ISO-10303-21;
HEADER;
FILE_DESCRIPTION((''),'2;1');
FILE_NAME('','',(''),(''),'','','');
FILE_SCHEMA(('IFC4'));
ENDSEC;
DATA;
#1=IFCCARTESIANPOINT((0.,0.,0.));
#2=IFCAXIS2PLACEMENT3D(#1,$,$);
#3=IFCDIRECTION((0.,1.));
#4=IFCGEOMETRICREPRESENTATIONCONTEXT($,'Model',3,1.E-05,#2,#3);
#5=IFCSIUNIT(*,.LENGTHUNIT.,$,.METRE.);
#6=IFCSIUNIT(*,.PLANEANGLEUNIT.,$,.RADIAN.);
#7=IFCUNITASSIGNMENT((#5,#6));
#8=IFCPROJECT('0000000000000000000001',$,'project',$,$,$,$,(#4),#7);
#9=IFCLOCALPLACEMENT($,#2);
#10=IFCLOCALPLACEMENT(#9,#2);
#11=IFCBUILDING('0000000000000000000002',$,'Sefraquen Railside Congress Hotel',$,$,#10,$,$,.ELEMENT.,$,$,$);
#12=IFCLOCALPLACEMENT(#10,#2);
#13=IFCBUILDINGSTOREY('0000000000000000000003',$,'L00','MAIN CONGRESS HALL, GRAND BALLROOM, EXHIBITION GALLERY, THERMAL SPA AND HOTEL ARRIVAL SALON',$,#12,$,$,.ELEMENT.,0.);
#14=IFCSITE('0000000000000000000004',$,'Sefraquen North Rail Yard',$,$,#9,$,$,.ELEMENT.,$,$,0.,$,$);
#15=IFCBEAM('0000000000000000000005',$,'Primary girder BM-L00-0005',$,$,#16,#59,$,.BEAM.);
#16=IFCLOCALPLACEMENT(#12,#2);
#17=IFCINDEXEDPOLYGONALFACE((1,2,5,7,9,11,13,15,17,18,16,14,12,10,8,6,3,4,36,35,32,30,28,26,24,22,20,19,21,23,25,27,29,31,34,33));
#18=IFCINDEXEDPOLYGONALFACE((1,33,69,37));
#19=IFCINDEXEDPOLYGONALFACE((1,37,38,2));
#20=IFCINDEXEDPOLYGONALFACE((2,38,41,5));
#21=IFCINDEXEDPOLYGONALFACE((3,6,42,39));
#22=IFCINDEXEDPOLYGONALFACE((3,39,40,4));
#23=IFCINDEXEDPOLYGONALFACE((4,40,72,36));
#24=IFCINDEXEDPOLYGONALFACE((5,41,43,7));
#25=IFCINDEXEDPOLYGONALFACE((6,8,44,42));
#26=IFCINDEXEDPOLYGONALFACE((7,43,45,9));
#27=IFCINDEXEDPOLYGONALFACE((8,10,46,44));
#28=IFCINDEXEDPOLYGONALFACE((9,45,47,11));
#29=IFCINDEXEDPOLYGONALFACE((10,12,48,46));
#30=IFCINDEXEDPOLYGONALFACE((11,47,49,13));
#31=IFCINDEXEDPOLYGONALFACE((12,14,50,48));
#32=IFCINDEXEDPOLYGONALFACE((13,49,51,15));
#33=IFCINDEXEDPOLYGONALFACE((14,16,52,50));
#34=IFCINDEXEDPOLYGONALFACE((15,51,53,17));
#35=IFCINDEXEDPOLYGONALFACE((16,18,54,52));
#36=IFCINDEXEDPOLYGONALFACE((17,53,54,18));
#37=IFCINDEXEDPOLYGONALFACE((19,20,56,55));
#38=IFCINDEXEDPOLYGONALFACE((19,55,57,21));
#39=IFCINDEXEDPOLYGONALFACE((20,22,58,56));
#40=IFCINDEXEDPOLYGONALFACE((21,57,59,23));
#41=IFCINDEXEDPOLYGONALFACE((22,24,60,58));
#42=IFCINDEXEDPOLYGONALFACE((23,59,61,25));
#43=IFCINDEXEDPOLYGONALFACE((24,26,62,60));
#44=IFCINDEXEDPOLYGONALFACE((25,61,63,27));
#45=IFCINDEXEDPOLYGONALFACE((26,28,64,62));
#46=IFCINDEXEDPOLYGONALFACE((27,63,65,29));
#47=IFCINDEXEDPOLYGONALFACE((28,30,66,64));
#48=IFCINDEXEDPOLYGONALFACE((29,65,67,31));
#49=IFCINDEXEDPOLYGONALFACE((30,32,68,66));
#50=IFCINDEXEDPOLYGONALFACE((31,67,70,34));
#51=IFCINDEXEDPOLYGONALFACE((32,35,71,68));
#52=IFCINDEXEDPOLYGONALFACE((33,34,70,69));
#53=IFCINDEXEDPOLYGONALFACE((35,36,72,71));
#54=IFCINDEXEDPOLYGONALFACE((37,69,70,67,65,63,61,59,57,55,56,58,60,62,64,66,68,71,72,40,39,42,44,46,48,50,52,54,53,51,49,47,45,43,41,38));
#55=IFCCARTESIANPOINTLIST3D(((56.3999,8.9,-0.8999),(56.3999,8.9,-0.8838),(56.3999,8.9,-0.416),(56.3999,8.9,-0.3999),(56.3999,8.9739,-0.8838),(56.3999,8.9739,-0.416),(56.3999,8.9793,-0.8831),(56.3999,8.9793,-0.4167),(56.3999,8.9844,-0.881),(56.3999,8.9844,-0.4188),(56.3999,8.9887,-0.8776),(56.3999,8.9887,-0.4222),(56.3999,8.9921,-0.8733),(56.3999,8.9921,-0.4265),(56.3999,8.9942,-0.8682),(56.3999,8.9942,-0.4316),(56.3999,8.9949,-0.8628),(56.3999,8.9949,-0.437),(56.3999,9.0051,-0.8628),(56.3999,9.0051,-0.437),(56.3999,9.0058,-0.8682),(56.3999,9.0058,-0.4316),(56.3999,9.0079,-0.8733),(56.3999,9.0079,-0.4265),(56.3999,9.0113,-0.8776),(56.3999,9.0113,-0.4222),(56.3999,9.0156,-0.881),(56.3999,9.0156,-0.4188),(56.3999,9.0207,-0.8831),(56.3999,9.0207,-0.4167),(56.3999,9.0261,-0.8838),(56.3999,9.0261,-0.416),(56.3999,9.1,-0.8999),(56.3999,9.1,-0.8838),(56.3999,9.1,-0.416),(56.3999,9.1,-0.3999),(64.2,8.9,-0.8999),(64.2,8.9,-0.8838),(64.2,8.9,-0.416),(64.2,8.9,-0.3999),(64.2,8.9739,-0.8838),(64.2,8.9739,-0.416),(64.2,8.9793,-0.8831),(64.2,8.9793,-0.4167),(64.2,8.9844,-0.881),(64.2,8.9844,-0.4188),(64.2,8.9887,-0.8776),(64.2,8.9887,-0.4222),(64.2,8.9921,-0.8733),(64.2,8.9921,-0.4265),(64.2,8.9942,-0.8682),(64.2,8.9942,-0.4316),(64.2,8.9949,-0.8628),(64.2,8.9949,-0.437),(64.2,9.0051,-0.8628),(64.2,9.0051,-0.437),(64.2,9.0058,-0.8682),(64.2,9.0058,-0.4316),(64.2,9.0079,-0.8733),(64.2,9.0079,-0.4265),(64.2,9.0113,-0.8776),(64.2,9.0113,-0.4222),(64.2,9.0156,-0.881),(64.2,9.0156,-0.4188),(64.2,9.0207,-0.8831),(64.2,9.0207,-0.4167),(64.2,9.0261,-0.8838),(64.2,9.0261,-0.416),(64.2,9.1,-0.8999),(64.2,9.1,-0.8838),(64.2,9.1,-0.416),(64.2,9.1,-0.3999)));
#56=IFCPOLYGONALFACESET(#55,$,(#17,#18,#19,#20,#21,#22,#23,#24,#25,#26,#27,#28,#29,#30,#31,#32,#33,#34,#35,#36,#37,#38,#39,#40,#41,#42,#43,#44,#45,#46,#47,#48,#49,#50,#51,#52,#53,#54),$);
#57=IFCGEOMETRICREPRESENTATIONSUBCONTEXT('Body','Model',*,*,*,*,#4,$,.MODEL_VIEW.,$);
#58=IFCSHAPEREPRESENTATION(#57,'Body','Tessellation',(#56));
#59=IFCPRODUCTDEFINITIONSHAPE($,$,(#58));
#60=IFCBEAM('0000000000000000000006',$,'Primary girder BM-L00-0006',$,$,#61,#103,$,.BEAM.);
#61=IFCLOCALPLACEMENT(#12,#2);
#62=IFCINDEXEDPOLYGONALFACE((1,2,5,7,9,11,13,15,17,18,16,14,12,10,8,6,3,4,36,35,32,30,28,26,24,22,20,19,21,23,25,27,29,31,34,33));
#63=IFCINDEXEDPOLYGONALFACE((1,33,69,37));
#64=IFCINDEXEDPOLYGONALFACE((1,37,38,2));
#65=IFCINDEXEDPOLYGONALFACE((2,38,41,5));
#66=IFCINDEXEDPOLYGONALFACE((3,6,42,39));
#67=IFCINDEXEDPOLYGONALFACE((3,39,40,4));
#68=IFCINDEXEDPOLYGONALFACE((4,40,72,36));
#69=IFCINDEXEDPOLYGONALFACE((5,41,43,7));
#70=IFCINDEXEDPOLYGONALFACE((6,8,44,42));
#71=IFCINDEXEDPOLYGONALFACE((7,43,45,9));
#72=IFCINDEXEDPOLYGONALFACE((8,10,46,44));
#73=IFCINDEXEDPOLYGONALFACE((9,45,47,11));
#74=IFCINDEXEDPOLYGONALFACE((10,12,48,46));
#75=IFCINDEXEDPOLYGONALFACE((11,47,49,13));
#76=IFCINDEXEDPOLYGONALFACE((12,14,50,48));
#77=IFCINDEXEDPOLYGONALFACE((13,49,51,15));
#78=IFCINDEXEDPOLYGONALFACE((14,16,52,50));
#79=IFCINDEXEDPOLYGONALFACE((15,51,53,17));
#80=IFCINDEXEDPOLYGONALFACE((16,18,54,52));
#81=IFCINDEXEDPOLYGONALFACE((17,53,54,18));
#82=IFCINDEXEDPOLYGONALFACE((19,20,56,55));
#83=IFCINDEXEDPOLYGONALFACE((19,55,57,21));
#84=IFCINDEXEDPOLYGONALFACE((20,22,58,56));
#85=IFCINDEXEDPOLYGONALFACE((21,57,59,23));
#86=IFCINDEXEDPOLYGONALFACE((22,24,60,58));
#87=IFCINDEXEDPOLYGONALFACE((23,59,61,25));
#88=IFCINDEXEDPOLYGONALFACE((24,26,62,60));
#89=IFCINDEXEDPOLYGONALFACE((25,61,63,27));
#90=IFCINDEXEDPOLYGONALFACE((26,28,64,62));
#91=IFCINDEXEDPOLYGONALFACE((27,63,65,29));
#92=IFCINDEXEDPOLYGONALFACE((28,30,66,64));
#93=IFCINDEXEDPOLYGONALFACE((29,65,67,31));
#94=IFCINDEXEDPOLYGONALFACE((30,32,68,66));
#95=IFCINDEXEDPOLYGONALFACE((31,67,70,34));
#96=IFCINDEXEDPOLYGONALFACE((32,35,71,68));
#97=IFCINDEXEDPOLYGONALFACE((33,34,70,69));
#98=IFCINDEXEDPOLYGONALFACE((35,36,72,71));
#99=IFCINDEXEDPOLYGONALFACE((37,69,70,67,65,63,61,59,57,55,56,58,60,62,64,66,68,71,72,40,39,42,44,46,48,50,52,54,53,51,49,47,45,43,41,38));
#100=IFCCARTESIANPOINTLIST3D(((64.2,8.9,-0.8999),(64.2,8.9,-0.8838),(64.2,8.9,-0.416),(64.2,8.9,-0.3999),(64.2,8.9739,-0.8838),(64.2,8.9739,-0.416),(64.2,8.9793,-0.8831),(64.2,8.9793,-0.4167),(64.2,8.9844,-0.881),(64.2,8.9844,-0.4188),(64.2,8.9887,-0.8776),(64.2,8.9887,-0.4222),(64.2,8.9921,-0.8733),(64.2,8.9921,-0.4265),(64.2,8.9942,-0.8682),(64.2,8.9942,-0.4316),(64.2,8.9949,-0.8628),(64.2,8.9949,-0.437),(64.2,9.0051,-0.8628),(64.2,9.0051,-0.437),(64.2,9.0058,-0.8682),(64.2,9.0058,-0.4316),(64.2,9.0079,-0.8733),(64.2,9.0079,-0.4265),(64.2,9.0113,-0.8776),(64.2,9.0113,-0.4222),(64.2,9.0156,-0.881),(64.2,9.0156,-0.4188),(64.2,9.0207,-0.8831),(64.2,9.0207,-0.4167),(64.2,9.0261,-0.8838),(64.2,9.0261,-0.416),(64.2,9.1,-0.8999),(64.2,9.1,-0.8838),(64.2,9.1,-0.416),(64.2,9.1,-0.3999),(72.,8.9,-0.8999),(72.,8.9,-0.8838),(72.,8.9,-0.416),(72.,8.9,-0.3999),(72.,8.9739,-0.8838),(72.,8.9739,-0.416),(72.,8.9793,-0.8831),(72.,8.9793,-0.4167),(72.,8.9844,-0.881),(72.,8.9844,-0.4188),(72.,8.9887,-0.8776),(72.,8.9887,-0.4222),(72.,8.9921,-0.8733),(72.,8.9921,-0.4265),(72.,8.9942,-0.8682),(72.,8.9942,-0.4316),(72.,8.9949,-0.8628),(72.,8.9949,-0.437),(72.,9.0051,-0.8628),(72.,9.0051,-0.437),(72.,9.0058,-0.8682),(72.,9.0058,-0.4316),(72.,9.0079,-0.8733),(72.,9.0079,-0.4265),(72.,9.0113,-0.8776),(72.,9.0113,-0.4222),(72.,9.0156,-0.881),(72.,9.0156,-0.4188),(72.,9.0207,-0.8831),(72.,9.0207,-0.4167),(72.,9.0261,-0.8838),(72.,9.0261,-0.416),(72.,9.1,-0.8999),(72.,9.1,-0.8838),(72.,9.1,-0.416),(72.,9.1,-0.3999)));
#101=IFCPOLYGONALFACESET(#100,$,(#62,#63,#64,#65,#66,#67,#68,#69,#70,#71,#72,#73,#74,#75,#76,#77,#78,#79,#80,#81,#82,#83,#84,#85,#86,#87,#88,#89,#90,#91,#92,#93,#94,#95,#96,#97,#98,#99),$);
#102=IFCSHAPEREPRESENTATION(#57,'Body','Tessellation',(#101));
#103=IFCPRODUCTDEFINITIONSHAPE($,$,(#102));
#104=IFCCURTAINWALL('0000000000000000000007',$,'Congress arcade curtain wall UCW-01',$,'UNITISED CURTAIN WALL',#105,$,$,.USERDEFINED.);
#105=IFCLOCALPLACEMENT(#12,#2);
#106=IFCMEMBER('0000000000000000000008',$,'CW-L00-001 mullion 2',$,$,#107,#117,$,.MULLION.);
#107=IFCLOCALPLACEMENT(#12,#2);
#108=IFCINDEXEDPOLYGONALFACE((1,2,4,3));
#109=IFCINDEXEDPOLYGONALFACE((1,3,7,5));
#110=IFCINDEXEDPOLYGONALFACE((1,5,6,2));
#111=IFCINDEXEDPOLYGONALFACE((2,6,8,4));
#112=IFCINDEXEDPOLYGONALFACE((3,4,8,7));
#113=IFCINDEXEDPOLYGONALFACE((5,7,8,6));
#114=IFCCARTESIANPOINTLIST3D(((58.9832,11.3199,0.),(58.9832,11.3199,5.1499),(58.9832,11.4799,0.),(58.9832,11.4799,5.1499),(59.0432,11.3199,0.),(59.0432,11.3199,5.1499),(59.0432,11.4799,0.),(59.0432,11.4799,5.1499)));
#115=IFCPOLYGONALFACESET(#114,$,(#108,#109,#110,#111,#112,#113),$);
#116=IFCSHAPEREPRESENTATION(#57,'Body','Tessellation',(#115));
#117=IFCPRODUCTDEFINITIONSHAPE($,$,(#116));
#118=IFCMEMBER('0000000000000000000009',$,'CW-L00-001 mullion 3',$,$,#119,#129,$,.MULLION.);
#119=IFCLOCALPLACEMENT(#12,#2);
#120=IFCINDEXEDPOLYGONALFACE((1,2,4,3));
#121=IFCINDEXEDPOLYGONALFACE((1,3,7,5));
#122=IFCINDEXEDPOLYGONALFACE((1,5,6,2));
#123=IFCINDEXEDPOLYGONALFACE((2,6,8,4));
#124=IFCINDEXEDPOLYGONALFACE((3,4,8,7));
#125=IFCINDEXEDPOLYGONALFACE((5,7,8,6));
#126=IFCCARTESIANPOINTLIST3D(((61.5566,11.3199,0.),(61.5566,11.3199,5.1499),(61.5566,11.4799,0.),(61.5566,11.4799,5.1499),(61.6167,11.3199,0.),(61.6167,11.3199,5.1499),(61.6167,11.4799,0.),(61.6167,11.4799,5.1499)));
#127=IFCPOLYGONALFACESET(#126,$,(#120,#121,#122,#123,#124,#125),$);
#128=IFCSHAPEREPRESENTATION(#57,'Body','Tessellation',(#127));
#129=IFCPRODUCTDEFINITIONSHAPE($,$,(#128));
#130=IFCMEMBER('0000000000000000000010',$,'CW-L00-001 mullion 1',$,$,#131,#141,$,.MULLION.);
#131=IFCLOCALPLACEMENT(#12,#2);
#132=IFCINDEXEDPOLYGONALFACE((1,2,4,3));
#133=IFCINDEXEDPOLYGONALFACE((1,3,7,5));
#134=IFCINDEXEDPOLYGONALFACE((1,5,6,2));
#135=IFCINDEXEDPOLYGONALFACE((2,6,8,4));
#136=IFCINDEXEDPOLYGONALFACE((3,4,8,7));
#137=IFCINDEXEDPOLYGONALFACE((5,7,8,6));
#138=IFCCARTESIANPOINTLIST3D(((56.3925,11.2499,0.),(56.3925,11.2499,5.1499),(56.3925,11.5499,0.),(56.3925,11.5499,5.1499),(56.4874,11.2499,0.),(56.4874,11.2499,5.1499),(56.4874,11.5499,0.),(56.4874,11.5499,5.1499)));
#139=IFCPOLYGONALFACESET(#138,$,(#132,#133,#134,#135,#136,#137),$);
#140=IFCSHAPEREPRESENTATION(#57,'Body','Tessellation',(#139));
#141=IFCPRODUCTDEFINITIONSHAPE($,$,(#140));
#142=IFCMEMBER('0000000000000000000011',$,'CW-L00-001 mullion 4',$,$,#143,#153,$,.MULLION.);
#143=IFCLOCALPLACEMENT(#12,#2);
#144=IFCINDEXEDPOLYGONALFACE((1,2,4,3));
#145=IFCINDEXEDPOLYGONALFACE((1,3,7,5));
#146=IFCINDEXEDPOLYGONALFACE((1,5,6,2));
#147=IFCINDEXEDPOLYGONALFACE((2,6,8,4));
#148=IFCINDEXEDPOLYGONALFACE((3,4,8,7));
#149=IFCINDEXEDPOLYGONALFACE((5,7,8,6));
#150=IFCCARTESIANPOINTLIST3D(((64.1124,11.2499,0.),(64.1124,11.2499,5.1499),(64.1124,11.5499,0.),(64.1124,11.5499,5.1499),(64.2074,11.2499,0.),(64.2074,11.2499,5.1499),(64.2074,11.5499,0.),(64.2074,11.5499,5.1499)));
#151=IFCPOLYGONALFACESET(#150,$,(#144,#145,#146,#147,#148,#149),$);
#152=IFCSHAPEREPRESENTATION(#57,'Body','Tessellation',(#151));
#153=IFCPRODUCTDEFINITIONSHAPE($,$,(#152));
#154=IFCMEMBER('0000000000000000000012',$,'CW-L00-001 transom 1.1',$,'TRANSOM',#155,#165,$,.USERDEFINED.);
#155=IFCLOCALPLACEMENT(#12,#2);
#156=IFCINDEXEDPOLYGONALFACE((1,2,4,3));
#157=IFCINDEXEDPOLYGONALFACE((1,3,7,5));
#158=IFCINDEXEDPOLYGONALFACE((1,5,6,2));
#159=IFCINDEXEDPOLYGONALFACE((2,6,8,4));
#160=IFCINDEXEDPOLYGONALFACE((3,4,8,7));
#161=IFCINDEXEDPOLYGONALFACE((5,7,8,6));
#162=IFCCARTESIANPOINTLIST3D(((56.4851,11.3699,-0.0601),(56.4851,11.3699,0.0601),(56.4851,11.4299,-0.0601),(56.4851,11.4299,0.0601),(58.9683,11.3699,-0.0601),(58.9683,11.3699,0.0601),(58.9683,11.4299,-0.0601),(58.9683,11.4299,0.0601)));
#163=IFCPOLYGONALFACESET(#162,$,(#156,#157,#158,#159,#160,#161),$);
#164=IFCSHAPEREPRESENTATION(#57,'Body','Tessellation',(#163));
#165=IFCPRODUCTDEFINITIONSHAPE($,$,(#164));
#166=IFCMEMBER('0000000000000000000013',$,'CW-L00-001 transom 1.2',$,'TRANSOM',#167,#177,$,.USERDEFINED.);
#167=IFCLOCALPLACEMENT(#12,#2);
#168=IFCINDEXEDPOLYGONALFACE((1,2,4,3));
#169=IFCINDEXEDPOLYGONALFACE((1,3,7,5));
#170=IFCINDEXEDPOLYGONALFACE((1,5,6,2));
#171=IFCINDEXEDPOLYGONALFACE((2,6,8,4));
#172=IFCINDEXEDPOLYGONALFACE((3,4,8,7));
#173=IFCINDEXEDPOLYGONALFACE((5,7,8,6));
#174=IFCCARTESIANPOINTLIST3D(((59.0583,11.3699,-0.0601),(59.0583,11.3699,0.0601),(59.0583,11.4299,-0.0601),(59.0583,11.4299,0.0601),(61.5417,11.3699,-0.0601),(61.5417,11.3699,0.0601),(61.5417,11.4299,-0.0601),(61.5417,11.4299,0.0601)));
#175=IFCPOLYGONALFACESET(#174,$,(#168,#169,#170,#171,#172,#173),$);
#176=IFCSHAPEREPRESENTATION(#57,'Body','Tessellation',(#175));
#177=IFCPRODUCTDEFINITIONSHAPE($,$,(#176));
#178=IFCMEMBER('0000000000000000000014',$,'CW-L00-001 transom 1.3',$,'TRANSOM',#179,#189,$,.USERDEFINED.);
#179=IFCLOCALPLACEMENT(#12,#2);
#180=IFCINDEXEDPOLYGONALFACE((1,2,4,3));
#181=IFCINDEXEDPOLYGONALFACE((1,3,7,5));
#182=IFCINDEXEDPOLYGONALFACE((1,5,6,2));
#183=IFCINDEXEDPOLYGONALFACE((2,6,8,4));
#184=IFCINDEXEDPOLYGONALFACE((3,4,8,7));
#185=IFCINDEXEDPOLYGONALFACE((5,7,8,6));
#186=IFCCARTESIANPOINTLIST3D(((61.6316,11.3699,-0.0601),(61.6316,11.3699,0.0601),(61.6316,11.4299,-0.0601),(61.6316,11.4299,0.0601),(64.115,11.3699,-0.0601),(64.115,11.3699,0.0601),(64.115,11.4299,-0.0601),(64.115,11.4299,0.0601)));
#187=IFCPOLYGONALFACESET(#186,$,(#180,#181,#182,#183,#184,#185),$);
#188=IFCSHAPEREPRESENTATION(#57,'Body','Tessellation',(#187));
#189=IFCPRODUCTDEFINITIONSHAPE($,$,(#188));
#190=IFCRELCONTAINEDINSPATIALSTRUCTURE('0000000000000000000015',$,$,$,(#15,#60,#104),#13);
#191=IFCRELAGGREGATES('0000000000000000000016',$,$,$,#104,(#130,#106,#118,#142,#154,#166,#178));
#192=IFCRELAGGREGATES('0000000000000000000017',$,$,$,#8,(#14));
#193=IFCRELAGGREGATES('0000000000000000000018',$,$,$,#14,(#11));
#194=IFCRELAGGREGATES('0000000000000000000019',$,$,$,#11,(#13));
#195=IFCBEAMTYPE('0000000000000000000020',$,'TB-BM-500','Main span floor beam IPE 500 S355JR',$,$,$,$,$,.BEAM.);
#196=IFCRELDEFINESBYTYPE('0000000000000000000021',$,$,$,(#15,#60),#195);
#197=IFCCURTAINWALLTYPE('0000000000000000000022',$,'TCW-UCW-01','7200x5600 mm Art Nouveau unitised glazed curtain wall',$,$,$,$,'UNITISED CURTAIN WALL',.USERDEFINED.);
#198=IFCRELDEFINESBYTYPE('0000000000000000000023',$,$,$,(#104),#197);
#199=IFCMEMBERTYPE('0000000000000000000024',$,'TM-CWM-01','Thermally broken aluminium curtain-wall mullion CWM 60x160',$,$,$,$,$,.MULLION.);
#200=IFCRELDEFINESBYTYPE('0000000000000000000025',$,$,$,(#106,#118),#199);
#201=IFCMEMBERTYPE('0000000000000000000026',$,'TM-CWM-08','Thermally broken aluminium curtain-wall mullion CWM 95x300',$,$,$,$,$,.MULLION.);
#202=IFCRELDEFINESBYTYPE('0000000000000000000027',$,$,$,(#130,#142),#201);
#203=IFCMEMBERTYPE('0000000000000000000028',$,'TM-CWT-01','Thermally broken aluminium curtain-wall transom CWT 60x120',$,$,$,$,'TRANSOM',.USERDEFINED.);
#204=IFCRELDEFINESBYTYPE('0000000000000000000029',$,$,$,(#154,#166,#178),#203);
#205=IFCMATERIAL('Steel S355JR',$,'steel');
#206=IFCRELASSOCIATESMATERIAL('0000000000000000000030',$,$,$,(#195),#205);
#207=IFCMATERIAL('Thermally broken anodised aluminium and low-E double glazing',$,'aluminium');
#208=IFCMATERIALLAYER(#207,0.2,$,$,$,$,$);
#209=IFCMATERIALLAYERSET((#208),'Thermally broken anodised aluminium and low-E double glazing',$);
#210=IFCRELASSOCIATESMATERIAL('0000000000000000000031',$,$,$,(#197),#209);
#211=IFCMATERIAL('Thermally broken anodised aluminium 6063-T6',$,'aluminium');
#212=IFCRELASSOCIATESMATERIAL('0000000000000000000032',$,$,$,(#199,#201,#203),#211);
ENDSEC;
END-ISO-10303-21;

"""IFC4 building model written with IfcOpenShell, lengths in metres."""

from ifc_helpers import new_model, si_unit, direction, frame, origin, origin_2d, place, context, subcontext, project, spatial, rectangle, i_section, extrude, material, layer, layer_set, material_profile, profile_set, type_object, element, aggregate, save


model = new_model("IFC4")

# Units and contexts
model_context = context("Model", 3, precision=1e-05, world=origin(), true_north=direction((0.0, 1.0)))
body_context = subcontext(model_context, "Body", "Model", "MODEL_VIEW")
ifc_project = project(units=[si_unit("LENGTHUNIT", "METRE"), si_unit("PLANEANGLEUNIT", "RADIAN")], contexts=[model_context])

# Site, building, storey
site_placement = place(None, origin())
site = spatial("IfcSite", under=ifc_project, at=site_placement, Name="Sefraquen North Rail Yard", CompositionType="ELEMENT", RefElevation=0.0)
building_placement = place(site_placement, origin())
building = spatial("IfcBuilding", under=site, at=building_placement, Name="Sefraquen Railside Congress Hotel", CompositionType="ELEMENT")
storey_placement = place(building_placement, origin())
storey = spatial("IfcBuildingStorey", under=building, at=storey_placement, Name="L00", Description="MAIN CONGRESS HALL, GRAND BALLROOM, EXHIBITION GALLERY, THERMAL SPA AND HOTEL ARRIVAL SALON", CompositionType="ELEMENT", Elevation=0.0)

# Shared definitions
ifc_material_1 = material(Name="Steel S355JR", Category="steel")

# Beams
ifc_material_profile_1 = material_profile(ifc_material_1, i_section(OverallWidth=0.2, OverallDepth=0.5, WebThickness=0.0103, FlangeThickness=0.0161, FilletRadius=0.021, at=origin_2d()), Name="IPE 500")
ifc_profile_set_1 = profile_set([ifc_material_profile_1], Name="Steel S355JR")
beam_type_1 = type_object("IfcBeamType", Name="TB-BM-500", Description="Main span floor beam IPE 500 S355JR", PredefinedType="BEAM", material=ifc_profile_set_1)
for number, where, z_axis, x_axis, name in (
    (1, (56.3999, 9.0, -0.6499), (1.0, 0.0, 0.0), (0.0, 1.0, 0.0), "Primary girder BM-L00-0005"),
    (2, (64.2, 9.0, -0.6499), (1.0, 0.0, 0.0), (0.0, 1.0, 0.0), "Primary girder BM-L00-0006"),
):
    element("IfcBeam", number, at=place(storey_placement, frame(where, z_axis=z_axis, x_axis=x_axis)), inside=storey, type_object=beam_type_1, Name=name, PredefinedType="BEAM", context=body_context, shape_type="SweptSolid", body=[
        extrude(i_section(OverallWidth=0.2, OverallDepth=0.5, WebThickness=0.0103, FlangeThickness=0.0161, FilletRadius=0.021, at=origin_2d()), origin(), (0.0, 0.0, 1.0), 7.8),
    ])

# Curtain wall, members
ifc_material_2 = material(Name="Thermally broken anodised aluminium and low-E double glazing", Category="aluminium")
ifc_layer_1 = layer(ifc_material_2, 0.2)
ifc_layer_set_1 = layer_set([ifc_layer_1], Name="Thermally broken anodised aluminium and low-E double glazing")
curtain_wall_type = type_object("IfcCurtainWallType", Name="TCW-UCW-01", Description="7200x5600 mm Art Nouveau unitised glazed curtain wall", ElementType="UNITISED CURTAIN WALL", PredefinedType="USERDEFINED", material=ifc_layer_set_1)
curtain_wall_placement = place(storey_placement, origin())
curtain_wall = element("IfcCurtainWall", 3, at=curtain_wall_placement, inside=storey, type_object=curtain_wall_type, Name="Congress arcade curtain wall UCW-01", ObjectType="UNITISED CURTAIN WALL", PredefinedType="USERDEFINED")
ifc_material_3 = material(Name="Thermally broken anodised aluminium 6063-T6", Category="aluminium")
ifc_material_profile_2 = material_profile(ifc_material_3, rectangle(XDim=0.0601, YDim=0.1599, at=origin_2d()), Name="CWM 60x160")
ifc_profile_set_2 = profile_set([ifc_material_profile_2], Name="Thermally broken anodised aluminium 6063-T6")
member_type_1 = type_object("IfcMemberType", Name="TM-CWM-01", Description="Thermally broken aluminium curtain-wall mullion CWM 60x160", PredefinedType="MULLION", material=ifc_profile_set_2)
member_1_placement = place(storey_placement, frame((59.0132, 11.3999, 0.0), z_axis=(0.0, 0.0, 1.0), x_axis=(1.0, 0.0, 0.0)))
member_1 = element("IfcMember", 4, at=member_1_placement, type_object=member_type_1, Name="CW-L00-001 mullion 2", PredefinedType="MULLION", context=body_context, shape_type="SweptSolid", body=[
    extrude(rectangle(XDim=0.0601, YDim=0.1599, at=origin_2d()), origin(), (0.0, 0.0, 1.0), 5.1499),
])
member_2_placement = place(storey_placement, frame((61.5867, 11.3999, 0.0), z_axis=(0.0, 0.0, 1.0), x_axis=(1.0, 0.0, 0.0)))
member_2 = element("IfcMember", 5, at=member_2_placement, type_object=member_type_1, Name="CW-L00-001 mullion 3", PredefinedType="MULLION", context=body_context, shape_type="SweptSolid", body=[
    extrude(rectangle(XDim=0.0601, YDim=0.1599, at=origin_2d()), origin(), (0.0, 0.0, 1.0), 5.1499),
])
ifc_material_profile_3 = material_profile(ifc_material_3, rectangle(XDim=0.095, YDim=0.3, at=origin_2d()), Name="CWM 95x300")
ifc_profile_set_3 = profile_set([ifc_material_profile_3], Name="Thermally broken anodised aluminium 6063-T6")
member_type_2 = type_object("IfcMemberType", Name="TM-CWM-08", Description="Thermally broken aluminium curtain-wall mullion CWM 95x300", PredefinedType="MULLION", material=ifc_profile_set_3)
member_3_placement = place(storey_placement, frame((56.4399, 11.3999, 0.0), z_axis=(0.0, 0.0, 1.0), x_axis=(1.0, 0.0, 0.0)))
member_3 = element("IfcMember", 6, at=member_3_placement, type_object=member_type_2, Name="CW-L00-001 mullion 1", PredefinedType="MULLION", context=body_context, shape_type="SweptSolid", body=[
    extrude(rectangle(XDim=0.095, YDim=0.3, at=origin_2d()), origin(), (0.0, 0.0, 1.0), 5.1499),
])
member_4_placement = place(storey_placement, frame((64.1599, 11.3999, 0.0), z_axis=(0.0, 0.0, 1.0), x_axis=(1.0, 0.0, 0.0)))
member_4 = element("IfcMember", 7, at=member_4_placement, type_object=member_type_2, Name="CW-L00-001 mullion 4", PredefinedType="MULLION", context=body_context, shape_type="SweptSolid", body=[
    extrude(rectangle(XDim=0.095, YDim=0.3, at=origin_2d()), origin(), (0.0, 0.0, 1.0), 5.1499),
])
ifc_material_profile_4 = material_profile(ifc_material_3, rectangle(XDim=0.0601, YDim=0.1201, at=origin_2d()), Name="CWT 60x120")
ifc_profile_set_4 = profile_set([ifc_material_profile_4], Name="Thermally broken anodised aluminium 6063-T6")
member_type_3 = type_object("IfcMemberType", Name="TM-CWT-01", Description="Thermally broken aluminium curtain-wall transom CWT 60x120", ElementType="TRANSOM", PredefinedType="USERDEFINED", material=ifc_profile_set_4)
member_5_placement = place(storey_placement, frame((56.4851, 11.3999, 0.0), z_axis=(1.0, 0.0, 0.0), x_axis=(0.0, 1.0, 0.0)))
member_5 = element("IfcMember", 8, at=member_5_placement, type_object=member_type_3, Name="CW-L00-001 transom 1.1", ObjectType="TRANSOM", PredefinedType="USERDEFINED", context=body_context, shape_type="SweptSolid", body=[
    extrude(rectangle(XDim=0.0601, YDim=0.1201, at=origin_2d()), origin(), (0.0, 0.0, 1.0), 2.4832),
])
member_6_placement = place(storey_placement, frame((59.0583, 11.3999, 0.0), z_axis=(1.0, 0.0, 0.0), x_axis=(0.0, 1.0, 0.0)))
member_6 = element("IfcMember", 9, at=member_6_placement, type_object=member_type_3, Name="CW-L00-001 transom 1.2", ObjectType="TRANSOM", PredefinedType="USERDEFINED", context=body_context, shape_type="SweptSolid", body=[
    extrude(rectangle(XDim=0.0601, YDim=0.1201, at=origin_2d()), origin(), (0.0, 0.0, 1.0), 2.4834),
])
member_7_placement = place(storey_placement, frame((61.6316, 11.3999, 0.0), z_axis=(1.0, 0.0, 0.0), x_axis=(0.0, 1.0, 0.0)))
member_7 = element("IfcMember", 10, at=member_7_placement, type_object=member_type_3, Name="CW-L00-001 transom 1.3", ObjectType="TRANSOM", PredefinedType="USERDEFINED", context=body_context, shape_type="SweptSolid", body=[
    extrude(rectangle(XDim=0.0601, YDim=0.1201, at=origin_2d()), origin(), (0.0, 0.0, 1.0), 2.4834),
])
aggregate(curtain_wall, [member_3, member_1, member_2, member_4, member_5, member_6, member_7])

save(model, "model.ifc")
